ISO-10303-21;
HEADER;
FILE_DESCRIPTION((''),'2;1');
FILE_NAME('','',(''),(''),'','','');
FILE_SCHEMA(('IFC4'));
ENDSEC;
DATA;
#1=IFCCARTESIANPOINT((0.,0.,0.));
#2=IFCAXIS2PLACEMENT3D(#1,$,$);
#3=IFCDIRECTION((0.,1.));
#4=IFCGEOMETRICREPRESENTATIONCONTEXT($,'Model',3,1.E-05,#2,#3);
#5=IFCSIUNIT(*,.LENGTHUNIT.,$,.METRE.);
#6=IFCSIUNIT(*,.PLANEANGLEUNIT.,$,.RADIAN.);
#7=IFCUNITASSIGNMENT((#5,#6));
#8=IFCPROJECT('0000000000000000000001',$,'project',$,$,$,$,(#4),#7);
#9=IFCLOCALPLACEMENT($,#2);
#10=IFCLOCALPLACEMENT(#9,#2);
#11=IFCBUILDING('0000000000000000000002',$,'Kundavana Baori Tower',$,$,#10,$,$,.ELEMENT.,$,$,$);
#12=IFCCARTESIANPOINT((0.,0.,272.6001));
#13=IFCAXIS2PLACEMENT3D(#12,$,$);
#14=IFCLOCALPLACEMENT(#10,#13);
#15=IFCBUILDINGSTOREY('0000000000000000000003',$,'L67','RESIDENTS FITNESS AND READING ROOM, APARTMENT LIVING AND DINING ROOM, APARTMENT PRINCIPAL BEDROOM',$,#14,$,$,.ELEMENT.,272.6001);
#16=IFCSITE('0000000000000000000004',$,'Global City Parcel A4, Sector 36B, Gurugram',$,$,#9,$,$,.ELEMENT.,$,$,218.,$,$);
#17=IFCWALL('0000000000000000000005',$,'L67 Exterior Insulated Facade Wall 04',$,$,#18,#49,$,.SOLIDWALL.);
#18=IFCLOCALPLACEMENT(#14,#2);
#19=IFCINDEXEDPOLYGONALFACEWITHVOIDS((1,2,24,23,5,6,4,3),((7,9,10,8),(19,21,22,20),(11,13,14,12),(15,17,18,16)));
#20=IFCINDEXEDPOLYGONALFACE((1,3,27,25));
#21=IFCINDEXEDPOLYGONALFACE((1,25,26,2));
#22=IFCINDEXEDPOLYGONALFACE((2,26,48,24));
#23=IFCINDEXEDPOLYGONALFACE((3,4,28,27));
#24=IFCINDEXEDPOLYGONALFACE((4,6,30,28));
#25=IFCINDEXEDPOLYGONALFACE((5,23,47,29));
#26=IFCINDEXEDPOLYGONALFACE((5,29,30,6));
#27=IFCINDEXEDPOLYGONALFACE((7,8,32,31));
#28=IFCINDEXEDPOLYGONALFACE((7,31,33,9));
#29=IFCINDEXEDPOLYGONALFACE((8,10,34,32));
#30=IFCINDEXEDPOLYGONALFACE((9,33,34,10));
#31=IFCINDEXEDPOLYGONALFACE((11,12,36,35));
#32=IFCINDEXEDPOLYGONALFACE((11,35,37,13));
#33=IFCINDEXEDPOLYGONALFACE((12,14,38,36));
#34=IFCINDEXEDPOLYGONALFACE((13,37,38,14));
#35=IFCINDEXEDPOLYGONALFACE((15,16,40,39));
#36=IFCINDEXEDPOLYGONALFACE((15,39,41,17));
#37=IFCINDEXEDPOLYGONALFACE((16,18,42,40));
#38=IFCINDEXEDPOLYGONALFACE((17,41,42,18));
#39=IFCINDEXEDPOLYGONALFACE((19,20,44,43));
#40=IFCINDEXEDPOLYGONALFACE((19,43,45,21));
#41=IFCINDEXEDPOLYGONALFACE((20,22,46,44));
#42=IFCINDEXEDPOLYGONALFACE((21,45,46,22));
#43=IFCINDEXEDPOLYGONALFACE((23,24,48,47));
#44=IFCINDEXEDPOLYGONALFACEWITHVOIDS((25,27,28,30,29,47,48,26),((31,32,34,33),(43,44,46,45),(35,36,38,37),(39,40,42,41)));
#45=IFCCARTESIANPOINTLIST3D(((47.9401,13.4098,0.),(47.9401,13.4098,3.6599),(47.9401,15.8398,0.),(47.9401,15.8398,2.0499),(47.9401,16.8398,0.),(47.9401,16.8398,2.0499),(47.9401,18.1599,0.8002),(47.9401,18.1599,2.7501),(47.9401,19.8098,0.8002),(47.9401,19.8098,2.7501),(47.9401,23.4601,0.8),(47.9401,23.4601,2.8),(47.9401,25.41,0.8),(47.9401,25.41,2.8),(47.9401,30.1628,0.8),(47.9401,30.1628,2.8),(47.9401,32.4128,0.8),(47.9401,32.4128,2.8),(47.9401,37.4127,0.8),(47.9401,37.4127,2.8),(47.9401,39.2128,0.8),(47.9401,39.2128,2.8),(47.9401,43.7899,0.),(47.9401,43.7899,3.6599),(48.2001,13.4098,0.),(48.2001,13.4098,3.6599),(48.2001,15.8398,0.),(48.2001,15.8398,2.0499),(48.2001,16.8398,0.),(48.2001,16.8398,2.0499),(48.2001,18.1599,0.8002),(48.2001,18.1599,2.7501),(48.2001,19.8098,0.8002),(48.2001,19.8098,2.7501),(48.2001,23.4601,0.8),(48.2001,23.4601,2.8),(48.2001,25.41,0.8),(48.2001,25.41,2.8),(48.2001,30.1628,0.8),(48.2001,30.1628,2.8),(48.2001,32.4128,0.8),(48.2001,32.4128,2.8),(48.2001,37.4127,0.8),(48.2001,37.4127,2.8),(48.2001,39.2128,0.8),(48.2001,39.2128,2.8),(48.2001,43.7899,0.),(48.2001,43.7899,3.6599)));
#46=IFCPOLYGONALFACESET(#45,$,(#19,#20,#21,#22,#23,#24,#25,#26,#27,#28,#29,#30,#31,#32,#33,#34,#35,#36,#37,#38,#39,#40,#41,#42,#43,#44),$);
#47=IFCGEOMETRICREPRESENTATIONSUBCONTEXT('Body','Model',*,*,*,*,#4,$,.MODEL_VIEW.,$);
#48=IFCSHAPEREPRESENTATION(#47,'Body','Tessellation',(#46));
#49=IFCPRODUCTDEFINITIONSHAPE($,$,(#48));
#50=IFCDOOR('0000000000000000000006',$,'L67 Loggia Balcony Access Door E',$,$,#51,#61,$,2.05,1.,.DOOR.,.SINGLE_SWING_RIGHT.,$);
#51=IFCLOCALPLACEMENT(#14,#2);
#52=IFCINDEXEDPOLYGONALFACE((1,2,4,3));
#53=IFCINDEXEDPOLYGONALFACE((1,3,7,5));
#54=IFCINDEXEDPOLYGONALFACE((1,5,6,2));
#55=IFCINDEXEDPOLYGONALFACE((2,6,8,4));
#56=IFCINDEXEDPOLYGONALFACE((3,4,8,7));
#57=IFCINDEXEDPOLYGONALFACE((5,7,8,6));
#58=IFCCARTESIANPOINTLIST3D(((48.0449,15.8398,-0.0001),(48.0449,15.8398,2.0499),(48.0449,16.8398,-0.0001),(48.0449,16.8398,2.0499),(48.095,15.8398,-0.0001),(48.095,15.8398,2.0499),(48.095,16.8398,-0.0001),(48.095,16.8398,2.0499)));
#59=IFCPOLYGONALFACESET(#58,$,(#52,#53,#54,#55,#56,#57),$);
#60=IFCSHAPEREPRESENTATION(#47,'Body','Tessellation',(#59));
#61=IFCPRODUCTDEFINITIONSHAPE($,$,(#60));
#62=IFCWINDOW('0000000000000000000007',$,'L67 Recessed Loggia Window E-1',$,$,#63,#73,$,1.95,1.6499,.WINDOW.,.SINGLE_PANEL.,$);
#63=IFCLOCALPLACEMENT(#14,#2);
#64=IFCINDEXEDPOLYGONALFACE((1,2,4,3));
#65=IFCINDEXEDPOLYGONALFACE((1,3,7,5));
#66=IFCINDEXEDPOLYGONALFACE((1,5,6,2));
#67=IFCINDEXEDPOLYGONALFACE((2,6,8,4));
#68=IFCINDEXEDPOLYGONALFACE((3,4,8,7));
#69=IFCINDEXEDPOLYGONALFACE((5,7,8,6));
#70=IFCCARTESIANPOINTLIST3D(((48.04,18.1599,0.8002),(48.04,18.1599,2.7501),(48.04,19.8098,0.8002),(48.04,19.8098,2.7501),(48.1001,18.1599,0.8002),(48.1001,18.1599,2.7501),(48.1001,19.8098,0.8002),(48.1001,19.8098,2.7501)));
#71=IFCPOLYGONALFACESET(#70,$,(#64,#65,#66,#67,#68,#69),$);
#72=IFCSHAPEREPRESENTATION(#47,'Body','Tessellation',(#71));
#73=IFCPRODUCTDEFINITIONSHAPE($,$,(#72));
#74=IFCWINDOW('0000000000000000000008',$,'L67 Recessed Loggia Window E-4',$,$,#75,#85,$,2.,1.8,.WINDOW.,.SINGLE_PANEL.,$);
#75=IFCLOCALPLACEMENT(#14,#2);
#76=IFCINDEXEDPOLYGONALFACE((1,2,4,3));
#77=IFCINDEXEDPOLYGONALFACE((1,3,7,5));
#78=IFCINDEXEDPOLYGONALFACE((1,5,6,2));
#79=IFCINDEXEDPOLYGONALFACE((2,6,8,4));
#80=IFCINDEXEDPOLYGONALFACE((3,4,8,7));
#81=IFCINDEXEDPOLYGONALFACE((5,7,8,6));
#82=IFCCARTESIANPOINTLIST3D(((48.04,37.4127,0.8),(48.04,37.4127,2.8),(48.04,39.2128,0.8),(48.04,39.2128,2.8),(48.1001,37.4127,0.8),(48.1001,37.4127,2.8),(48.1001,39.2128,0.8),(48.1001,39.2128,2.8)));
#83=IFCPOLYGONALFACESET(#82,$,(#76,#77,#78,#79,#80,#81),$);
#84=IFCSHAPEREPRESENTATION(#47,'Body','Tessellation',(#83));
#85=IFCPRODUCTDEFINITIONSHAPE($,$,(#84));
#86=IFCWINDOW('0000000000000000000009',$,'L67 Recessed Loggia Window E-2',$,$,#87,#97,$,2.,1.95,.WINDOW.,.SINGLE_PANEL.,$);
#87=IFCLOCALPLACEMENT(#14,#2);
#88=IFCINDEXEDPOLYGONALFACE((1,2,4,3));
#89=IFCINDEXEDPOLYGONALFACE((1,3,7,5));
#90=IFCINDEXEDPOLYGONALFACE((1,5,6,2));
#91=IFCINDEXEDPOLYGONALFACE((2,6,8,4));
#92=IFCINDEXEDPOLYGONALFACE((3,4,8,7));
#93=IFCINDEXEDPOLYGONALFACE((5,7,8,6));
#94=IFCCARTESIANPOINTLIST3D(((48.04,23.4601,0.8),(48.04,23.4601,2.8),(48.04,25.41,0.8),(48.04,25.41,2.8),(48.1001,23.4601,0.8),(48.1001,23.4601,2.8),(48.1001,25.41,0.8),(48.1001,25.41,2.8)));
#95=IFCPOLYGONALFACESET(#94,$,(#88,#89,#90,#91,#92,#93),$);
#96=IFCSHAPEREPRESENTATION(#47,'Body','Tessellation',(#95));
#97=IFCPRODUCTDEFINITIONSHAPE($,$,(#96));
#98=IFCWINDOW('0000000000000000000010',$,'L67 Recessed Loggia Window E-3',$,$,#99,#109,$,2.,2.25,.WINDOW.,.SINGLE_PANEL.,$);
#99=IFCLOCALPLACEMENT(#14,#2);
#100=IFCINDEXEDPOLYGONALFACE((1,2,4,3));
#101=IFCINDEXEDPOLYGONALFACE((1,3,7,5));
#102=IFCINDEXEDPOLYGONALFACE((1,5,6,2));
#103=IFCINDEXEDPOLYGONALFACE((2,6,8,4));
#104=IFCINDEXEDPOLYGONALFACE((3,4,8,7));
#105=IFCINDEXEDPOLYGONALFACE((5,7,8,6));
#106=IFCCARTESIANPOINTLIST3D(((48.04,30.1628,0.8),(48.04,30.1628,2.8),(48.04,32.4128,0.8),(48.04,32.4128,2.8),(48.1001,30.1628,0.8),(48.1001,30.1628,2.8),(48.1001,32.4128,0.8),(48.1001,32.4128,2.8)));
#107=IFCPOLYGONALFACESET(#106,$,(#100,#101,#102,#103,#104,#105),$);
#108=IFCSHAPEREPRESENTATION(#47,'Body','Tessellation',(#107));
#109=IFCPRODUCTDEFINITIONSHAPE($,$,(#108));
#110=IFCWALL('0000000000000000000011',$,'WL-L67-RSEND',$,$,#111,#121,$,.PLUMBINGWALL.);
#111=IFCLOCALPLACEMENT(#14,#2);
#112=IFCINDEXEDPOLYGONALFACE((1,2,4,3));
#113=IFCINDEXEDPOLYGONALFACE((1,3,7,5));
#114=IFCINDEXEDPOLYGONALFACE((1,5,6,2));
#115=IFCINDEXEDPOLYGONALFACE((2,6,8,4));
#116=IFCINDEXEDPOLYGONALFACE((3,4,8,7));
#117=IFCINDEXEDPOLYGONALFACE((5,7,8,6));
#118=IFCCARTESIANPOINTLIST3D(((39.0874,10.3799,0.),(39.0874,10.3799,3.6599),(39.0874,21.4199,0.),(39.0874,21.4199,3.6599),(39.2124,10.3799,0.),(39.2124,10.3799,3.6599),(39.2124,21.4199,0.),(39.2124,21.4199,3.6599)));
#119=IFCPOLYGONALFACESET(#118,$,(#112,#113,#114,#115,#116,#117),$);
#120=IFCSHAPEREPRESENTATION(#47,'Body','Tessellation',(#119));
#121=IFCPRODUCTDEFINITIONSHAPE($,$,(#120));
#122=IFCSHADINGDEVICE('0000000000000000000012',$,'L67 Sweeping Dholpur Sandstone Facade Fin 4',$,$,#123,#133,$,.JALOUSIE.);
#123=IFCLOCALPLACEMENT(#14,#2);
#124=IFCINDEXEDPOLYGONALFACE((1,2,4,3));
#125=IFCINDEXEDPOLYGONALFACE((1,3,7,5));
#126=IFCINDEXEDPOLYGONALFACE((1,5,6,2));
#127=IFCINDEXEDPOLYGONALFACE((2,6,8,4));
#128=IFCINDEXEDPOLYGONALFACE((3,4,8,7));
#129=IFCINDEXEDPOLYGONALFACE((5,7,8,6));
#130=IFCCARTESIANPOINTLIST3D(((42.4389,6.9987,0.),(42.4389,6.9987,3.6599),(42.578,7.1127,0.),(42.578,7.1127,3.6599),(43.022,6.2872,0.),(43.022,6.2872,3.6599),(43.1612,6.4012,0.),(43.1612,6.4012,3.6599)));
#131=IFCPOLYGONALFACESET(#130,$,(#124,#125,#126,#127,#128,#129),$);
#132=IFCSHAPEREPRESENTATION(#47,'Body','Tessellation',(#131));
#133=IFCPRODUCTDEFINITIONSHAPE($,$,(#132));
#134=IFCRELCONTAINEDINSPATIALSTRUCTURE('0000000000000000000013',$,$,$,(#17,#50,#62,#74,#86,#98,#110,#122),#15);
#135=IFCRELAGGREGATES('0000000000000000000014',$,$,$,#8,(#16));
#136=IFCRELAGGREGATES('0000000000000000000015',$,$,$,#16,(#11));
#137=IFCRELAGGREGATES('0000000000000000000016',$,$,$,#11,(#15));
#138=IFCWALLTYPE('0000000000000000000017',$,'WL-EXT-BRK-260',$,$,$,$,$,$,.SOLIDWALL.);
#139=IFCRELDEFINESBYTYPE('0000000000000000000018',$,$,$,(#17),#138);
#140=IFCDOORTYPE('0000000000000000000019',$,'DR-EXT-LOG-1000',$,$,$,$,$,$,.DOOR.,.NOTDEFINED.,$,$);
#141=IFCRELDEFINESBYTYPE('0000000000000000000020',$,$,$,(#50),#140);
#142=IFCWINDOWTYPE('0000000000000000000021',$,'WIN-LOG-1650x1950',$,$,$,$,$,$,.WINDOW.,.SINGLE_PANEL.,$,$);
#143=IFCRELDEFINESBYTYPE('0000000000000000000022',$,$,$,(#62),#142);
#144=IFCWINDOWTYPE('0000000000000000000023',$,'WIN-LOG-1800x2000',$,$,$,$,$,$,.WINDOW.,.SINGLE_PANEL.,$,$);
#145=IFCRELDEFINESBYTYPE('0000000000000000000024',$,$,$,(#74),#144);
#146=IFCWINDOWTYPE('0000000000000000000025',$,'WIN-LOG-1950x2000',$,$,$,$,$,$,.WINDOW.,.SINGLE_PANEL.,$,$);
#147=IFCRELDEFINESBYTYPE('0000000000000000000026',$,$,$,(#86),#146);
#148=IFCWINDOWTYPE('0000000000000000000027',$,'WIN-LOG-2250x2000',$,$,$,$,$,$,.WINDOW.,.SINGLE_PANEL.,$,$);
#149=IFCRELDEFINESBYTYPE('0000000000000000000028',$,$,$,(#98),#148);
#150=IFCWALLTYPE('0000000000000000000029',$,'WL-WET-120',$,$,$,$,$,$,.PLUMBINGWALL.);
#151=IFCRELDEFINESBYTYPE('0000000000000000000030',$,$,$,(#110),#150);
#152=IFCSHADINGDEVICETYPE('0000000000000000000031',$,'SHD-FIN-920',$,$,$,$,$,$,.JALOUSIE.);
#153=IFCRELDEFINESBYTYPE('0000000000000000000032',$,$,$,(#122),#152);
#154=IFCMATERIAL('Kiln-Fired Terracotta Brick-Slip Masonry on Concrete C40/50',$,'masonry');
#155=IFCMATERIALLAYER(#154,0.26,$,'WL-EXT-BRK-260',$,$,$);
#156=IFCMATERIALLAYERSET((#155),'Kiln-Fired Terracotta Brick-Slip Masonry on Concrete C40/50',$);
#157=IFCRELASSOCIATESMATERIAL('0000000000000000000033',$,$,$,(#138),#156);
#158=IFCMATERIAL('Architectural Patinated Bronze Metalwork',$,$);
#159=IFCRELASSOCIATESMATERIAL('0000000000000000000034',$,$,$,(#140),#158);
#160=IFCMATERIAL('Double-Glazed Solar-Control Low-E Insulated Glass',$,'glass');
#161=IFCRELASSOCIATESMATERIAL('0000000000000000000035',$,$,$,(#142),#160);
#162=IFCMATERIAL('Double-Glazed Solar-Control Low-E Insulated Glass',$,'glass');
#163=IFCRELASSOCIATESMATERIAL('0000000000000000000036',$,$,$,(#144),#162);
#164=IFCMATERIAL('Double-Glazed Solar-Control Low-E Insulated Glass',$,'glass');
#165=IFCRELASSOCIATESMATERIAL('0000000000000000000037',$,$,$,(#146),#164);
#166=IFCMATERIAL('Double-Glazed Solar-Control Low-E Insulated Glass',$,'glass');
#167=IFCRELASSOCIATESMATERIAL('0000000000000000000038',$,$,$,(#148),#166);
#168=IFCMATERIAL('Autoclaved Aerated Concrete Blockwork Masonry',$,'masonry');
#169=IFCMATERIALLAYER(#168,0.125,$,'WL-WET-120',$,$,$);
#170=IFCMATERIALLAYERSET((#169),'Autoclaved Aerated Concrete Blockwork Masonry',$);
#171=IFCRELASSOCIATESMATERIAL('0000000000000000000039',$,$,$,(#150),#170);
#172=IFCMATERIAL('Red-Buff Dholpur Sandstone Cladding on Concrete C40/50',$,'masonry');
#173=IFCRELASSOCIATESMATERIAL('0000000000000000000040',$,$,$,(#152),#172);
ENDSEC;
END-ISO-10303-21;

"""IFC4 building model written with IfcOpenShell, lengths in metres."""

from ifc_helpers import new_model, si_unit, direction, frame, frame_2d, origin, origin_2d, place, context, subcontext, project, spatial, rectangle, extrude, material, layer, layer_set, type_object, element, fill, save


model = new_model("IFC4")

# Units and contexts
model_context = context("Model", 3, precision=1e-05, world=origin(), true_north=direction((0.0, 1.0)))
body_context = subcontext(model_context, "Body", "Model", "MODEL_VIEW")
ifc_project = project(units=[si_unit("LENGTHUNIT", "METRE"), si_unit("PLANEANGLEUNIT", "RADIAN")], contexts=[model_context])

# Site, building, storey
site_placement = place(None, origin())
site = spatial("IfcSite", under=ifc_project, at=site_placement, Name="Global City Parcel A4, Sector 36B, Gurugram", CompositionType="ELEMENT", RefElevation=218.0)
building_placement = place(site_placement, origin())
building = spatial("IfcBuilding", under=site, at=building_placement, Name="Kundavana Baori Tower", CompositionType="ELEMENT")
storey_placement = place(building_placement, frame((0.0, 0.0, 272.6001)))
storey = spatial("IfcBuildingStorey", under=building, at=storey_placement, Name="L67", Description="RESIDENTS FITNESS AND READING ROOM, APARTMENT LIVING AND DINING ROOM, APARTMENT PRINCIPAL BEDROOM", CompositionType="ELEMENT", Elevation=272.6001)

# Shared definitions
ifc_material_1 = material(Name="Kiln-Fired Terracotta Brick-Slip Masonry on Concrete C40/50", Category="masonry")
ifc_layer_1 = layer(ifc_material_1, 0.26, Name="WL-EXT-BRK-260")
ifc_layer_set_1 = layer_set([ifc_layer_1], Name="Kiln-Fired Terracotta Brick-Slip Masonry on Concrete C40/50")
wall_type_1 = type_object("IfcWallType", Name="WL-EXT-BRK-260", PredefinedType="SOLIDWALL", material=ifc_layer_set_1)

# Wall, openings, door, windows
wall_1_placement = place(storey_placement, frame((48.0701, 13.4099, 0.0), z_axis=(0.0, 0.0, 1.0), x_axis=(0.0, 1.0, 0.0)))
wall_1 = element("IfcWall", 1, at=wall_1_placement, inside=storey, type_object=wall_type_1, Name="L67 Exterior Insulated Facade Wall 04", PredefinedType="SOLIDWALL", context=body_context, shape_type="SweptSolid", body=[
    extrude(rectangle(XDim=30.3801, YDim=0.26, at=frame_2d((15.1899, 0.0))), origin(), (0.0, 0.0, 1.0), 3.6599),
])
opening_1_placement = place(wall_1_placement, frame((2.4299, 0.0, 0.0)))
opening_1 = element("IfcOpeningElement", 2, at=opening_1_placement, cuts=wall_1, PredefinedType="OPENING", context=body_context, shape_type="SweptSolid", body=[
    extrude(rectangle(XDim=1.0, YDim=2.05, at=frame_2d((0.5, 1.0249))), frame((0.0, 0.1401, 0.0), z_axis=(0.0, -1.0, 0.0), x_axis=(1.0, 0.0, 0.0)), (0.0, 0.0, 1.0), 0.28),
])
opening_2_placement = place(wall_1_placement, frame((4.75, 0.0, 0.8)))
opening_2 = element("IfcOpeningElement", 3, at=opening_2_placement, cuts=wall_1, PredefinedType="OPENING", context=body_context, shape_type="SweptSolid", body=[
    extrude(rectangle(XDim=1.6499, YDim=1.95, at=frame_2d((0.825, 0.9751))), frame((0.0, 0.1401, 0.0), z_axis=(0.0, -1.0, 0.0), x_axis=(1.0, 0.0, 0.0)), (0.0, 0.0, 1.0), 0.28),
])
opening_3_placement = place(wall_1_placement, frame((10.05, 0.0, 0.8)))
opening_3 = element("IfcOpeningElement", 4, at=opening_3_placement, cuts=wall_1, PredefinedType="OPENING", context=body_context, shape_type="SweptSolid", body=[
    extrude(rectangle(XDim=1.95, YDim=2.0, at=frame_2d((0.9751, 1.0))), frame((0.0, 0.1401, 0.0), z_axis=(0.0, -1.0, 0.0), x_axis=(1.0, 0.0, 0.0)), (0.0, 0.0, 1.0), 0.28),
])
opening_4_placement = place(wall_1_placement, frame((16.7529, 0.0, 0.8)))
opening_4 = element("IfcOpeningElement", 5, at=opening_4_placement, cuts=wall_1, PredefinedType="OPENING", context=body_context, shape_type="SweptSolid", body=[
    extrude(rectangle(XDim=2.25, YDim=2.0, at=frame_2d((1.125, 1.0))), frame((0.0, 0.1401, 0.0), z_axis=(0.0, -1.0, 0.0), x_axis=(1.0, 0.0, 0.0)), (0.0, 0.0, 1.0), 0.28),
])
opening_5_placement = place(wall_1_placement, frame((24.0029, 0.0, 0.8)))
opening_5 = element("IfcOpeningElement", 6, at=opening_5_placement, cuts=wall_1, PredefinedType="OPENING", context=body_context, shape_type="SweptSolid", body=[
    extrude(rectangle(XDim=1.8, YDim=2.0, at=frame_2d((0.8999, 1.0))), frame((0.0, 0.1401, 0.0), z_axis=(0.0, -1.0, 0.0), x_axis=(1.0, 0.0, 0.0)), (0.0, 0.0, 1.0), 0.28),
])
ifc_material_2 = material(Name="Architectural Patinated Bronze Metalwork")
door_type = type_object("IfcDoorType", Name="DR-EXT-LOG-1000", OperationType="NOTDEFINED", PredefinedType="DOOR", material=ifc_material_2)
door_placement = place(opening_1_placement, frame((1.0, 0.0, 0.0), z_axis=(0.0, 0.0, 1.0), x_axis=(-1.0, 0.0, 0.0)))
door = element("IfcDoor", 7, at=door_placement, inside=storey, type_object=door_type, Name="L67 Loggia Balcony Access Door E", OperationType="SINGLE_SWING_RIGHT", OverallHeight=2.05, OverallWidth=1.0, PredefinedType="DOOR", context=body_context, shape_type="SweptSolid", body=[
    extrude(rectangle(XDim=1.0, YDim=2.05, at=frame_2d((0.5, 1.0249))), frame((0.0, 0.0249, 0.0), z_axis=(0.0, -1.0, 0.0), x_axis=(1.0, 0.0, 0.0)), (0.0, 0.0, 1.0), 0.05),
])
fill(opening_1, door)
ifc_material_3 = material(Name="Double-Glazed Solar-Control Low-E Insulated Glass", Category="glass")
window_type_1 = type_object("IfcWindowType", Name="WIN-LOG-1650x1950", PartitioningType="SINGLE_PANEL", PredefinedType="WINDOW", material=ifc_material_3)
window_1_placement = place(opening_2_placement, origin())
window_1 = element("IfcWindow", 8, at=window_1_placement, inside=storey, type_object=window_type_1, Name="L67 Recessed Loggia Window E-1", OverallHeight=1.95, OverallWidth=1.6499, PartitioningType="SINGLE_PANEL", PredefinedType="WINDOW", context=body_context, shape_type="SweptSolid", body=[
    extrude(rectangle(XDim=1.6499, YDim=1.95, at=frame_2d((0.825, 0.9751))), frame((0.0, 0.03, 0.0), z_axis=(0.0, -1.0, 0.0), x_axis=(1.0, 0.0, 0.0)), (0.0, 0.0, 1.0), 0.0601),
])
fill(opening_2, window_1)
ifc_material_4 = material(Name="Double-Glazed Solar-Control Low-E Insulated Glass", Category="glass")
window_type_2 = type_object("IfcWindowType", Name="WIN-LOG-1800x2000", PartitioningType="SINGLE_PANEL", PredefinedType="WINDOW", material=ifc_material_4)
window_2_placement = place(opening_5_placement, origin())
window_2 = element("IfcWindow", 9, at=window_2_placement, inside=storey, type_object=window_type_2, Name="L67 Recessed Loggia Window E-4", OverallHeight=2.0, OverallWidth=1.8, PartitioningType="SINGLE_PANEL", PredefinedType="WINDOW", context=body_context, shape_type="SweptSolid", body=[
    extrude(rectangle(XDim=1.8, YDim=2.0, at=frame_2d((0.8999, 1.0))), frame((0.0, 0.03, 0.0), z_axis=(0.0, -1.0, 0.0), x_axis=(1.0, 0.0, 0.0)), (0.0, 0.0, 1.0), 0.0601),
])
fill(opening_5, window_2)
ifc_material_5 = material(Name="Double-Glazed Solar-Control Low-E Insulated Glass", Category="glass")
window_type_3 = type_object("IfcWindowType", Name="WIN-LOG-1950x2000", PartitioningType="SINGLE_PANEL", PredefinedType="WINDOW", material=ifc_material_5)
window_3_placement = place(opening_3_placement, origin())
window_3 = element("IfcWindow", 10, at=window_3_placement, inside=storey, type_object=window_type_3, Name="L67 Recessed Loggia Window E-2", OverallHeight=2.0, OverallWidth=1.95, PartitioningType="SINGLE_PANEL", PredefinedType="WINDOW", context=body_context, shape_type="SweptSolid", body=[
    extrude(rectangle(XDim=1.95, YDim=2.0, at=frame_2d((0.9751, 1.0))), frame((0.0, 0.03, 0.0), z_axis=(0.0, -1.0, 0.0), x_axis=(1.0, 0.0, 0.0)), (0.0, 0.0, 1.0), 0.0601),
])
fill(opening_3, window_3)
ifc_material_6 = material(Name="Double-Glazed Solar-Control Low-E Insulated Glass", Category="glass")
window_type_4 = type_object("IfcWindowType", Name="WIN-LOG-2250x2000", PartitioningType="SINGLE_PANEL", PredefinedType="WINDOW", material=ifc_material_6)
window_4_placement = place(opening_4_placement, origin())
window_4 = element("IfcWindow", 11, at=window_4_placement, inside=storey, type_object=window_type_4, Name="L67 Recessed Loggia Window E-3", OverallHeight=2.0, OverallWidth=2.25, PartitioningType="SINGLE_PANEL", PredefinedType="WINDOW", context=body_context, shape_type="SweptSolid", body=[
    extrude(rectangle(XDim=2.25, YDim=2.0, at=frame_2d((1.125, 1.0))), frame((0.0, 0.03, 0.0), z_axis=(0.0, -1.0, 0.0), x_axis=(1.0, 0.0, 0.0)), (0.0, 0.0, 1.0), 0.0601),
])
fill(opening_4, window_4)

# Wall
ifc_material_7 = material(Name="Autoclaved Aerated Concrete Blockwork Masonry", Category="masonry")
ifc_layer_2 = layer(ifc_material_7, 0.125, Name="WL-WET-120")
ifc_layer_set_2 = layer_set([ifc_layer_2], Name="Autoclaved Aerated Concrete Blockwork Masonry")
wall_type_2 = type_object("IfcWallType", Name="WL-WET-120", PredefinedType="PLUMBINGWALL", material=ifc_layer_set_2)
wall_2_placement = place(storey_placement, frame((39.1499, 10.3799, 0.0), z_axis=(0.0, 0.0, 1.0), x_axis=(0.0, 1.0, 0.0)))
element("IfcWall", 12, at=wall_2_placement, inside=storey, type_object=wall_type_2, Name="WL-L67-RSEND", PredefinedType="PLUMBINGWALL", context=body_context, shape_type="SweptSolid", body=[
    extrude(rectangle(XDim=11.04, YDim=0.125, at=frame_2d((5.52, 0.0))), origin(), (0.0, 0.0, 1.0), 3.6599),
])

# Shading device
ifc_material_8 = material(Name="Red-Buff Dholpur Sandstone Cladding on Concrete C40/50", Category="masonry")
shading_device_type = type_object("IfcShadingDeviceType", Name="SHD-FIN-920", PredefinedType="JALOUSIE", material=ifc_material_8)
shading_device_placement = place(storey_placement, frame((42.8, 6.7, 0.0), z_axis=(0.0, 0.0, 1.0), x_axis=(0.773398, 0.633921, 0.0)))
element("IfcShadingDevice", 13, at=shading_device_placement, inside=storey, type_object=shading_device_type, Name="L67 Sweeping Dholpur Sandstone Facade Fin 4", PredefinedType="JALOUSIE", context=body_context, shape_type="SweptSolid", body=[
    extrude(rectangle(XDim=0.1799, YDim=0.9199, at=origin_2d()), origin(), (0.0, 0.0, 1.0), 3.6599),
])

save(model, "model.ifc")
